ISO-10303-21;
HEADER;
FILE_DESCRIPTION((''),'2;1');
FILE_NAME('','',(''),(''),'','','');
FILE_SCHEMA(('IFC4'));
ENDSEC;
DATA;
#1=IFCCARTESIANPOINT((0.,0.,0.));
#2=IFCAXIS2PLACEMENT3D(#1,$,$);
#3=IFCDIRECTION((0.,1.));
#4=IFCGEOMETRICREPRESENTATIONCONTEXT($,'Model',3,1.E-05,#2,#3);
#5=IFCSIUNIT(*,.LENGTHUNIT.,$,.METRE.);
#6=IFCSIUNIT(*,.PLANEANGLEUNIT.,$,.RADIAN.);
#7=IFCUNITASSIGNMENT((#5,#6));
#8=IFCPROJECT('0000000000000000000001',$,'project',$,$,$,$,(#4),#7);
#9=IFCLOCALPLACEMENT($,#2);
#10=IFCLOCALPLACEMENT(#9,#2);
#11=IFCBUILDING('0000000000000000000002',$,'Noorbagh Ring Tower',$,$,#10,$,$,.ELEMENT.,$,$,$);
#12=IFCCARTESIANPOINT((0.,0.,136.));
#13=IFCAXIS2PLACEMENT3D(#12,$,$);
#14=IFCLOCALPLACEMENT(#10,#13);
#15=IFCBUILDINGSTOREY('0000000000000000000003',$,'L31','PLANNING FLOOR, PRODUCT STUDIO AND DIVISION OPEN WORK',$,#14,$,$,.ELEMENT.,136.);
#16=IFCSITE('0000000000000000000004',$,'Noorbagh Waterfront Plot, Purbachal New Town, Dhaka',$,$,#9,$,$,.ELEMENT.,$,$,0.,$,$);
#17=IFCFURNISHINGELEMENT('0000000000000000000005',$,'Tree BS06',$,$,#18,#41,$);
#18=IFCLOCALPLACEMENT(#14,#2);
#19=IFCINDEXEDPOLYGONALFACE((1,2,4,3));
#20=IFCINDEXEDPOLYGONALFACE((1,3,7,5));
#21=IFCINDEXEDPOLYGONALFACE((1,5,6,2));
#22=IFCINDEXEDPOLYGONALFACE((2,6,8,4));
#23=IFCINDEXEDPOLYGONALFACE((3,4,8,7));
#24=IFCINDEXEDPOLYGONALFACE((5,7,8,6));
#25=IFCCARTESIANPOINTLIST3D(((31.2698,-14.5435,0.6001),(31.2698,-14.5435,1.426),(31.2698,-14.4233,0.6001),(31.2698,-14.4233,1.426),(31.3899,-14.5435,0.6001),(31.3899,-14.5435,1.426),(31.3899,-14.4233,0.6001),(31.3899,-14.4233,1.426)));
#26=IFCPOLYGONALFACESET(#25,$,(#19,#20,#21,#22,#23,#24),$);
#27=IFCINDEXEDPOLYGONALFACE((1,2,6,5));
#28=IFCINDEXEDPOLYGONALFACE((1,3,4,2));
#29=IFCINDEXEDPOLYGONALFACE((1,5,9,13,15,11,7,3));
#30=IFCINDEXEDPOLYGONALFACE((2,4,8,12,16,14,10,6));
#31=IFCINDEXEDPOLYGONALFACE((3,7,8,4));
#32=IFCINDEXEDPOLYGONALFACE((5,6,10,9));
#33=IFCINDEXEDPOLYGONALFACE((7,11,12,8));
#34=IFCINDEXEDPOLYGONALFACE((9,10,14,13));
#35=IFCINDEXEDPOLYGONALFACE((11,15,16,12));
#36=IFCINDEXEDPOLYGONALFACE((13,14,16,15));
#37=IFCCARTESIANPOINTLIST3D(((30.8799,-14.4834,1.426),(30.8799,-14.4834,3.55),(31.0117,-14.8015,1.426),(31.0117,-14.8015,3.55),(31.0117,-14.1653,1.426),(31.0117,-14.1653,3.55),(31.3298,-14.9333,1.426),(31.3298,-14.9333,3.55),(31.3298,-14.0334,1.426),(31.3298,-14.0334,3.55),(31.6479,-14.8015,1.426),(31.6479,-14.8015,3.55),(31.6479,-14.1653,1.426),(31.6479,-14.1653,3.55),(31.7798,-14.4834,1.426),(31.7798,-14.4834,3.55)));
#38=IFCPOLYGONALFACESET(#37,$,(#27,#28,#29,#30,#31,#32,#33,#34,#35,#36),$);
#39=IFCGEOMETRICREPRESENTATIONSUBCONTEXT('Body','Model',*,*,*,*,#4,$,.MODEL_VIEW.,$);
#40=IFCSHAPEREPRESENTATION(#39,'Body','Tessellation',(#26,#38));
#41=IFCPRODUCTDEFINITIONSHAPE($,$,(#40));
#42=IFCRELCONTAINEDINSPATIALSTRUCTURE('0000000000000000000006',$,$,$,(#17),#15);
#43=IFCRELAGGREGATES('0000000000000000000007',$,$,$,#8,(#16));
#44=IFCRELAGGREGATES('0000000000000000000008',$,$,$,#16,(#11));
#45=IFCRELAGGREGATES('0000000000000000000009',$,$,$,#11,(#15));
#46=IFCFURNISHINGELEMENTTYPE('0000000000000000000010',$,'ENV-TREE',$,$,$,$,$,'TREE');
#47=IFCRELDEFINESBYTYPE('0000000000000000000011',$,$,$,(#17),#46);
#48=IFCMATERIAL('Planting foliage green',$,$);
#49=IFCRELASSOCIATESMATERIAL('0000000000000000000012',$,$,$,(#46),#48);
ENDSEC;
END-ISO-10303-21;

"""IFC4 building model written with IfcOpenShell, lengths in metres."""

from ifc_helpers import new_model, si_unit, direction, frame, origin, origin_2d, place, context, subcontext, project, spatial, polyline, rectangle, outline, extrude, material, type_object, element, save


model = new_model("IFC4")

# Units and contexts
model_context = context("Model", 3, precision=1e-05, world=origin(), true_north=direction((0.0, 1.0)))
body_context = subcontext(model_context, "Body", "Model", "MODEL_VIEW")
ifc_project = project(units=[si_unit("LENGTHUNIT", "METRE"), si_unit("PLANEANGLEUNIT", "RADIAN")], contexts=[model_context])

# Site, building, storey
site_placement = place(None, origin())
site = spatial("IfcSite", under=ifc_project, at=site_placement, Name="Noorbagh Waterfront Plot, Purbachal New Town, Dhaka", CompositionType="ELEMENT", RefElevation=0.0)
building_placement = place(site_placement, origin())
building = spatial("IfcBuilding", under=site, at=building_placement, Name="Noorbagh Ring Tower", CompositionType="ELEMENT")
storey_placement = place(building_placement, frame((0.0, 0.0, 136.0)))
storey = spatial("IfcBuildingStorey", under=building, at=storey_placement, Name="L31", Description="PLANNING FLOOR, PRODUCT STUDIO AND DIVISION OPEN WORK", CompositionType="ELEMENT", Elevation=136.0)

# Furnishing element
ifc_material_1 = material(Name="Planting foliage green")
furnishing_element_type = type_object("IfcFurnishingElementType", Name="ENV-TREE", ElementType="TREE", material=ifc_material_1)
furnishing_placement = place(storey_placement, frame((31.3298, -14.4834, 0.6001), z_axis=(0.0, 0.0, 1.0), x_axis=(1.0, 0.0, 0.0)))
element("IfcFurnishingElement", 1, at=furnishing_placement, inside=storey, type_object=furnishing_element_type, Name="Tree BS06", context=body_context, shape_type="SweptSolid", body=[
    extrude(rectangle(XDim=0.1201, YDim=0.1201, at=origin_2d()), origin(), (0.0, 0.0, 1.0), 0.8259),
    extrude(outline(polyline([(0.45, 0.0), (0.3181, 0.3181), (0.0, 0.45), (-0.3181, 0.3181), (-0.45, 0.0), (-0.3181, -0.3181), (0.0, -0.45), (0.3181, -0.3181), (0.45, 0.0)])), frame((0.0, 0.0, 0.8259)), (0.0, 0.0, 1.0), 2.124),
])

save(model, "model.ifc")
